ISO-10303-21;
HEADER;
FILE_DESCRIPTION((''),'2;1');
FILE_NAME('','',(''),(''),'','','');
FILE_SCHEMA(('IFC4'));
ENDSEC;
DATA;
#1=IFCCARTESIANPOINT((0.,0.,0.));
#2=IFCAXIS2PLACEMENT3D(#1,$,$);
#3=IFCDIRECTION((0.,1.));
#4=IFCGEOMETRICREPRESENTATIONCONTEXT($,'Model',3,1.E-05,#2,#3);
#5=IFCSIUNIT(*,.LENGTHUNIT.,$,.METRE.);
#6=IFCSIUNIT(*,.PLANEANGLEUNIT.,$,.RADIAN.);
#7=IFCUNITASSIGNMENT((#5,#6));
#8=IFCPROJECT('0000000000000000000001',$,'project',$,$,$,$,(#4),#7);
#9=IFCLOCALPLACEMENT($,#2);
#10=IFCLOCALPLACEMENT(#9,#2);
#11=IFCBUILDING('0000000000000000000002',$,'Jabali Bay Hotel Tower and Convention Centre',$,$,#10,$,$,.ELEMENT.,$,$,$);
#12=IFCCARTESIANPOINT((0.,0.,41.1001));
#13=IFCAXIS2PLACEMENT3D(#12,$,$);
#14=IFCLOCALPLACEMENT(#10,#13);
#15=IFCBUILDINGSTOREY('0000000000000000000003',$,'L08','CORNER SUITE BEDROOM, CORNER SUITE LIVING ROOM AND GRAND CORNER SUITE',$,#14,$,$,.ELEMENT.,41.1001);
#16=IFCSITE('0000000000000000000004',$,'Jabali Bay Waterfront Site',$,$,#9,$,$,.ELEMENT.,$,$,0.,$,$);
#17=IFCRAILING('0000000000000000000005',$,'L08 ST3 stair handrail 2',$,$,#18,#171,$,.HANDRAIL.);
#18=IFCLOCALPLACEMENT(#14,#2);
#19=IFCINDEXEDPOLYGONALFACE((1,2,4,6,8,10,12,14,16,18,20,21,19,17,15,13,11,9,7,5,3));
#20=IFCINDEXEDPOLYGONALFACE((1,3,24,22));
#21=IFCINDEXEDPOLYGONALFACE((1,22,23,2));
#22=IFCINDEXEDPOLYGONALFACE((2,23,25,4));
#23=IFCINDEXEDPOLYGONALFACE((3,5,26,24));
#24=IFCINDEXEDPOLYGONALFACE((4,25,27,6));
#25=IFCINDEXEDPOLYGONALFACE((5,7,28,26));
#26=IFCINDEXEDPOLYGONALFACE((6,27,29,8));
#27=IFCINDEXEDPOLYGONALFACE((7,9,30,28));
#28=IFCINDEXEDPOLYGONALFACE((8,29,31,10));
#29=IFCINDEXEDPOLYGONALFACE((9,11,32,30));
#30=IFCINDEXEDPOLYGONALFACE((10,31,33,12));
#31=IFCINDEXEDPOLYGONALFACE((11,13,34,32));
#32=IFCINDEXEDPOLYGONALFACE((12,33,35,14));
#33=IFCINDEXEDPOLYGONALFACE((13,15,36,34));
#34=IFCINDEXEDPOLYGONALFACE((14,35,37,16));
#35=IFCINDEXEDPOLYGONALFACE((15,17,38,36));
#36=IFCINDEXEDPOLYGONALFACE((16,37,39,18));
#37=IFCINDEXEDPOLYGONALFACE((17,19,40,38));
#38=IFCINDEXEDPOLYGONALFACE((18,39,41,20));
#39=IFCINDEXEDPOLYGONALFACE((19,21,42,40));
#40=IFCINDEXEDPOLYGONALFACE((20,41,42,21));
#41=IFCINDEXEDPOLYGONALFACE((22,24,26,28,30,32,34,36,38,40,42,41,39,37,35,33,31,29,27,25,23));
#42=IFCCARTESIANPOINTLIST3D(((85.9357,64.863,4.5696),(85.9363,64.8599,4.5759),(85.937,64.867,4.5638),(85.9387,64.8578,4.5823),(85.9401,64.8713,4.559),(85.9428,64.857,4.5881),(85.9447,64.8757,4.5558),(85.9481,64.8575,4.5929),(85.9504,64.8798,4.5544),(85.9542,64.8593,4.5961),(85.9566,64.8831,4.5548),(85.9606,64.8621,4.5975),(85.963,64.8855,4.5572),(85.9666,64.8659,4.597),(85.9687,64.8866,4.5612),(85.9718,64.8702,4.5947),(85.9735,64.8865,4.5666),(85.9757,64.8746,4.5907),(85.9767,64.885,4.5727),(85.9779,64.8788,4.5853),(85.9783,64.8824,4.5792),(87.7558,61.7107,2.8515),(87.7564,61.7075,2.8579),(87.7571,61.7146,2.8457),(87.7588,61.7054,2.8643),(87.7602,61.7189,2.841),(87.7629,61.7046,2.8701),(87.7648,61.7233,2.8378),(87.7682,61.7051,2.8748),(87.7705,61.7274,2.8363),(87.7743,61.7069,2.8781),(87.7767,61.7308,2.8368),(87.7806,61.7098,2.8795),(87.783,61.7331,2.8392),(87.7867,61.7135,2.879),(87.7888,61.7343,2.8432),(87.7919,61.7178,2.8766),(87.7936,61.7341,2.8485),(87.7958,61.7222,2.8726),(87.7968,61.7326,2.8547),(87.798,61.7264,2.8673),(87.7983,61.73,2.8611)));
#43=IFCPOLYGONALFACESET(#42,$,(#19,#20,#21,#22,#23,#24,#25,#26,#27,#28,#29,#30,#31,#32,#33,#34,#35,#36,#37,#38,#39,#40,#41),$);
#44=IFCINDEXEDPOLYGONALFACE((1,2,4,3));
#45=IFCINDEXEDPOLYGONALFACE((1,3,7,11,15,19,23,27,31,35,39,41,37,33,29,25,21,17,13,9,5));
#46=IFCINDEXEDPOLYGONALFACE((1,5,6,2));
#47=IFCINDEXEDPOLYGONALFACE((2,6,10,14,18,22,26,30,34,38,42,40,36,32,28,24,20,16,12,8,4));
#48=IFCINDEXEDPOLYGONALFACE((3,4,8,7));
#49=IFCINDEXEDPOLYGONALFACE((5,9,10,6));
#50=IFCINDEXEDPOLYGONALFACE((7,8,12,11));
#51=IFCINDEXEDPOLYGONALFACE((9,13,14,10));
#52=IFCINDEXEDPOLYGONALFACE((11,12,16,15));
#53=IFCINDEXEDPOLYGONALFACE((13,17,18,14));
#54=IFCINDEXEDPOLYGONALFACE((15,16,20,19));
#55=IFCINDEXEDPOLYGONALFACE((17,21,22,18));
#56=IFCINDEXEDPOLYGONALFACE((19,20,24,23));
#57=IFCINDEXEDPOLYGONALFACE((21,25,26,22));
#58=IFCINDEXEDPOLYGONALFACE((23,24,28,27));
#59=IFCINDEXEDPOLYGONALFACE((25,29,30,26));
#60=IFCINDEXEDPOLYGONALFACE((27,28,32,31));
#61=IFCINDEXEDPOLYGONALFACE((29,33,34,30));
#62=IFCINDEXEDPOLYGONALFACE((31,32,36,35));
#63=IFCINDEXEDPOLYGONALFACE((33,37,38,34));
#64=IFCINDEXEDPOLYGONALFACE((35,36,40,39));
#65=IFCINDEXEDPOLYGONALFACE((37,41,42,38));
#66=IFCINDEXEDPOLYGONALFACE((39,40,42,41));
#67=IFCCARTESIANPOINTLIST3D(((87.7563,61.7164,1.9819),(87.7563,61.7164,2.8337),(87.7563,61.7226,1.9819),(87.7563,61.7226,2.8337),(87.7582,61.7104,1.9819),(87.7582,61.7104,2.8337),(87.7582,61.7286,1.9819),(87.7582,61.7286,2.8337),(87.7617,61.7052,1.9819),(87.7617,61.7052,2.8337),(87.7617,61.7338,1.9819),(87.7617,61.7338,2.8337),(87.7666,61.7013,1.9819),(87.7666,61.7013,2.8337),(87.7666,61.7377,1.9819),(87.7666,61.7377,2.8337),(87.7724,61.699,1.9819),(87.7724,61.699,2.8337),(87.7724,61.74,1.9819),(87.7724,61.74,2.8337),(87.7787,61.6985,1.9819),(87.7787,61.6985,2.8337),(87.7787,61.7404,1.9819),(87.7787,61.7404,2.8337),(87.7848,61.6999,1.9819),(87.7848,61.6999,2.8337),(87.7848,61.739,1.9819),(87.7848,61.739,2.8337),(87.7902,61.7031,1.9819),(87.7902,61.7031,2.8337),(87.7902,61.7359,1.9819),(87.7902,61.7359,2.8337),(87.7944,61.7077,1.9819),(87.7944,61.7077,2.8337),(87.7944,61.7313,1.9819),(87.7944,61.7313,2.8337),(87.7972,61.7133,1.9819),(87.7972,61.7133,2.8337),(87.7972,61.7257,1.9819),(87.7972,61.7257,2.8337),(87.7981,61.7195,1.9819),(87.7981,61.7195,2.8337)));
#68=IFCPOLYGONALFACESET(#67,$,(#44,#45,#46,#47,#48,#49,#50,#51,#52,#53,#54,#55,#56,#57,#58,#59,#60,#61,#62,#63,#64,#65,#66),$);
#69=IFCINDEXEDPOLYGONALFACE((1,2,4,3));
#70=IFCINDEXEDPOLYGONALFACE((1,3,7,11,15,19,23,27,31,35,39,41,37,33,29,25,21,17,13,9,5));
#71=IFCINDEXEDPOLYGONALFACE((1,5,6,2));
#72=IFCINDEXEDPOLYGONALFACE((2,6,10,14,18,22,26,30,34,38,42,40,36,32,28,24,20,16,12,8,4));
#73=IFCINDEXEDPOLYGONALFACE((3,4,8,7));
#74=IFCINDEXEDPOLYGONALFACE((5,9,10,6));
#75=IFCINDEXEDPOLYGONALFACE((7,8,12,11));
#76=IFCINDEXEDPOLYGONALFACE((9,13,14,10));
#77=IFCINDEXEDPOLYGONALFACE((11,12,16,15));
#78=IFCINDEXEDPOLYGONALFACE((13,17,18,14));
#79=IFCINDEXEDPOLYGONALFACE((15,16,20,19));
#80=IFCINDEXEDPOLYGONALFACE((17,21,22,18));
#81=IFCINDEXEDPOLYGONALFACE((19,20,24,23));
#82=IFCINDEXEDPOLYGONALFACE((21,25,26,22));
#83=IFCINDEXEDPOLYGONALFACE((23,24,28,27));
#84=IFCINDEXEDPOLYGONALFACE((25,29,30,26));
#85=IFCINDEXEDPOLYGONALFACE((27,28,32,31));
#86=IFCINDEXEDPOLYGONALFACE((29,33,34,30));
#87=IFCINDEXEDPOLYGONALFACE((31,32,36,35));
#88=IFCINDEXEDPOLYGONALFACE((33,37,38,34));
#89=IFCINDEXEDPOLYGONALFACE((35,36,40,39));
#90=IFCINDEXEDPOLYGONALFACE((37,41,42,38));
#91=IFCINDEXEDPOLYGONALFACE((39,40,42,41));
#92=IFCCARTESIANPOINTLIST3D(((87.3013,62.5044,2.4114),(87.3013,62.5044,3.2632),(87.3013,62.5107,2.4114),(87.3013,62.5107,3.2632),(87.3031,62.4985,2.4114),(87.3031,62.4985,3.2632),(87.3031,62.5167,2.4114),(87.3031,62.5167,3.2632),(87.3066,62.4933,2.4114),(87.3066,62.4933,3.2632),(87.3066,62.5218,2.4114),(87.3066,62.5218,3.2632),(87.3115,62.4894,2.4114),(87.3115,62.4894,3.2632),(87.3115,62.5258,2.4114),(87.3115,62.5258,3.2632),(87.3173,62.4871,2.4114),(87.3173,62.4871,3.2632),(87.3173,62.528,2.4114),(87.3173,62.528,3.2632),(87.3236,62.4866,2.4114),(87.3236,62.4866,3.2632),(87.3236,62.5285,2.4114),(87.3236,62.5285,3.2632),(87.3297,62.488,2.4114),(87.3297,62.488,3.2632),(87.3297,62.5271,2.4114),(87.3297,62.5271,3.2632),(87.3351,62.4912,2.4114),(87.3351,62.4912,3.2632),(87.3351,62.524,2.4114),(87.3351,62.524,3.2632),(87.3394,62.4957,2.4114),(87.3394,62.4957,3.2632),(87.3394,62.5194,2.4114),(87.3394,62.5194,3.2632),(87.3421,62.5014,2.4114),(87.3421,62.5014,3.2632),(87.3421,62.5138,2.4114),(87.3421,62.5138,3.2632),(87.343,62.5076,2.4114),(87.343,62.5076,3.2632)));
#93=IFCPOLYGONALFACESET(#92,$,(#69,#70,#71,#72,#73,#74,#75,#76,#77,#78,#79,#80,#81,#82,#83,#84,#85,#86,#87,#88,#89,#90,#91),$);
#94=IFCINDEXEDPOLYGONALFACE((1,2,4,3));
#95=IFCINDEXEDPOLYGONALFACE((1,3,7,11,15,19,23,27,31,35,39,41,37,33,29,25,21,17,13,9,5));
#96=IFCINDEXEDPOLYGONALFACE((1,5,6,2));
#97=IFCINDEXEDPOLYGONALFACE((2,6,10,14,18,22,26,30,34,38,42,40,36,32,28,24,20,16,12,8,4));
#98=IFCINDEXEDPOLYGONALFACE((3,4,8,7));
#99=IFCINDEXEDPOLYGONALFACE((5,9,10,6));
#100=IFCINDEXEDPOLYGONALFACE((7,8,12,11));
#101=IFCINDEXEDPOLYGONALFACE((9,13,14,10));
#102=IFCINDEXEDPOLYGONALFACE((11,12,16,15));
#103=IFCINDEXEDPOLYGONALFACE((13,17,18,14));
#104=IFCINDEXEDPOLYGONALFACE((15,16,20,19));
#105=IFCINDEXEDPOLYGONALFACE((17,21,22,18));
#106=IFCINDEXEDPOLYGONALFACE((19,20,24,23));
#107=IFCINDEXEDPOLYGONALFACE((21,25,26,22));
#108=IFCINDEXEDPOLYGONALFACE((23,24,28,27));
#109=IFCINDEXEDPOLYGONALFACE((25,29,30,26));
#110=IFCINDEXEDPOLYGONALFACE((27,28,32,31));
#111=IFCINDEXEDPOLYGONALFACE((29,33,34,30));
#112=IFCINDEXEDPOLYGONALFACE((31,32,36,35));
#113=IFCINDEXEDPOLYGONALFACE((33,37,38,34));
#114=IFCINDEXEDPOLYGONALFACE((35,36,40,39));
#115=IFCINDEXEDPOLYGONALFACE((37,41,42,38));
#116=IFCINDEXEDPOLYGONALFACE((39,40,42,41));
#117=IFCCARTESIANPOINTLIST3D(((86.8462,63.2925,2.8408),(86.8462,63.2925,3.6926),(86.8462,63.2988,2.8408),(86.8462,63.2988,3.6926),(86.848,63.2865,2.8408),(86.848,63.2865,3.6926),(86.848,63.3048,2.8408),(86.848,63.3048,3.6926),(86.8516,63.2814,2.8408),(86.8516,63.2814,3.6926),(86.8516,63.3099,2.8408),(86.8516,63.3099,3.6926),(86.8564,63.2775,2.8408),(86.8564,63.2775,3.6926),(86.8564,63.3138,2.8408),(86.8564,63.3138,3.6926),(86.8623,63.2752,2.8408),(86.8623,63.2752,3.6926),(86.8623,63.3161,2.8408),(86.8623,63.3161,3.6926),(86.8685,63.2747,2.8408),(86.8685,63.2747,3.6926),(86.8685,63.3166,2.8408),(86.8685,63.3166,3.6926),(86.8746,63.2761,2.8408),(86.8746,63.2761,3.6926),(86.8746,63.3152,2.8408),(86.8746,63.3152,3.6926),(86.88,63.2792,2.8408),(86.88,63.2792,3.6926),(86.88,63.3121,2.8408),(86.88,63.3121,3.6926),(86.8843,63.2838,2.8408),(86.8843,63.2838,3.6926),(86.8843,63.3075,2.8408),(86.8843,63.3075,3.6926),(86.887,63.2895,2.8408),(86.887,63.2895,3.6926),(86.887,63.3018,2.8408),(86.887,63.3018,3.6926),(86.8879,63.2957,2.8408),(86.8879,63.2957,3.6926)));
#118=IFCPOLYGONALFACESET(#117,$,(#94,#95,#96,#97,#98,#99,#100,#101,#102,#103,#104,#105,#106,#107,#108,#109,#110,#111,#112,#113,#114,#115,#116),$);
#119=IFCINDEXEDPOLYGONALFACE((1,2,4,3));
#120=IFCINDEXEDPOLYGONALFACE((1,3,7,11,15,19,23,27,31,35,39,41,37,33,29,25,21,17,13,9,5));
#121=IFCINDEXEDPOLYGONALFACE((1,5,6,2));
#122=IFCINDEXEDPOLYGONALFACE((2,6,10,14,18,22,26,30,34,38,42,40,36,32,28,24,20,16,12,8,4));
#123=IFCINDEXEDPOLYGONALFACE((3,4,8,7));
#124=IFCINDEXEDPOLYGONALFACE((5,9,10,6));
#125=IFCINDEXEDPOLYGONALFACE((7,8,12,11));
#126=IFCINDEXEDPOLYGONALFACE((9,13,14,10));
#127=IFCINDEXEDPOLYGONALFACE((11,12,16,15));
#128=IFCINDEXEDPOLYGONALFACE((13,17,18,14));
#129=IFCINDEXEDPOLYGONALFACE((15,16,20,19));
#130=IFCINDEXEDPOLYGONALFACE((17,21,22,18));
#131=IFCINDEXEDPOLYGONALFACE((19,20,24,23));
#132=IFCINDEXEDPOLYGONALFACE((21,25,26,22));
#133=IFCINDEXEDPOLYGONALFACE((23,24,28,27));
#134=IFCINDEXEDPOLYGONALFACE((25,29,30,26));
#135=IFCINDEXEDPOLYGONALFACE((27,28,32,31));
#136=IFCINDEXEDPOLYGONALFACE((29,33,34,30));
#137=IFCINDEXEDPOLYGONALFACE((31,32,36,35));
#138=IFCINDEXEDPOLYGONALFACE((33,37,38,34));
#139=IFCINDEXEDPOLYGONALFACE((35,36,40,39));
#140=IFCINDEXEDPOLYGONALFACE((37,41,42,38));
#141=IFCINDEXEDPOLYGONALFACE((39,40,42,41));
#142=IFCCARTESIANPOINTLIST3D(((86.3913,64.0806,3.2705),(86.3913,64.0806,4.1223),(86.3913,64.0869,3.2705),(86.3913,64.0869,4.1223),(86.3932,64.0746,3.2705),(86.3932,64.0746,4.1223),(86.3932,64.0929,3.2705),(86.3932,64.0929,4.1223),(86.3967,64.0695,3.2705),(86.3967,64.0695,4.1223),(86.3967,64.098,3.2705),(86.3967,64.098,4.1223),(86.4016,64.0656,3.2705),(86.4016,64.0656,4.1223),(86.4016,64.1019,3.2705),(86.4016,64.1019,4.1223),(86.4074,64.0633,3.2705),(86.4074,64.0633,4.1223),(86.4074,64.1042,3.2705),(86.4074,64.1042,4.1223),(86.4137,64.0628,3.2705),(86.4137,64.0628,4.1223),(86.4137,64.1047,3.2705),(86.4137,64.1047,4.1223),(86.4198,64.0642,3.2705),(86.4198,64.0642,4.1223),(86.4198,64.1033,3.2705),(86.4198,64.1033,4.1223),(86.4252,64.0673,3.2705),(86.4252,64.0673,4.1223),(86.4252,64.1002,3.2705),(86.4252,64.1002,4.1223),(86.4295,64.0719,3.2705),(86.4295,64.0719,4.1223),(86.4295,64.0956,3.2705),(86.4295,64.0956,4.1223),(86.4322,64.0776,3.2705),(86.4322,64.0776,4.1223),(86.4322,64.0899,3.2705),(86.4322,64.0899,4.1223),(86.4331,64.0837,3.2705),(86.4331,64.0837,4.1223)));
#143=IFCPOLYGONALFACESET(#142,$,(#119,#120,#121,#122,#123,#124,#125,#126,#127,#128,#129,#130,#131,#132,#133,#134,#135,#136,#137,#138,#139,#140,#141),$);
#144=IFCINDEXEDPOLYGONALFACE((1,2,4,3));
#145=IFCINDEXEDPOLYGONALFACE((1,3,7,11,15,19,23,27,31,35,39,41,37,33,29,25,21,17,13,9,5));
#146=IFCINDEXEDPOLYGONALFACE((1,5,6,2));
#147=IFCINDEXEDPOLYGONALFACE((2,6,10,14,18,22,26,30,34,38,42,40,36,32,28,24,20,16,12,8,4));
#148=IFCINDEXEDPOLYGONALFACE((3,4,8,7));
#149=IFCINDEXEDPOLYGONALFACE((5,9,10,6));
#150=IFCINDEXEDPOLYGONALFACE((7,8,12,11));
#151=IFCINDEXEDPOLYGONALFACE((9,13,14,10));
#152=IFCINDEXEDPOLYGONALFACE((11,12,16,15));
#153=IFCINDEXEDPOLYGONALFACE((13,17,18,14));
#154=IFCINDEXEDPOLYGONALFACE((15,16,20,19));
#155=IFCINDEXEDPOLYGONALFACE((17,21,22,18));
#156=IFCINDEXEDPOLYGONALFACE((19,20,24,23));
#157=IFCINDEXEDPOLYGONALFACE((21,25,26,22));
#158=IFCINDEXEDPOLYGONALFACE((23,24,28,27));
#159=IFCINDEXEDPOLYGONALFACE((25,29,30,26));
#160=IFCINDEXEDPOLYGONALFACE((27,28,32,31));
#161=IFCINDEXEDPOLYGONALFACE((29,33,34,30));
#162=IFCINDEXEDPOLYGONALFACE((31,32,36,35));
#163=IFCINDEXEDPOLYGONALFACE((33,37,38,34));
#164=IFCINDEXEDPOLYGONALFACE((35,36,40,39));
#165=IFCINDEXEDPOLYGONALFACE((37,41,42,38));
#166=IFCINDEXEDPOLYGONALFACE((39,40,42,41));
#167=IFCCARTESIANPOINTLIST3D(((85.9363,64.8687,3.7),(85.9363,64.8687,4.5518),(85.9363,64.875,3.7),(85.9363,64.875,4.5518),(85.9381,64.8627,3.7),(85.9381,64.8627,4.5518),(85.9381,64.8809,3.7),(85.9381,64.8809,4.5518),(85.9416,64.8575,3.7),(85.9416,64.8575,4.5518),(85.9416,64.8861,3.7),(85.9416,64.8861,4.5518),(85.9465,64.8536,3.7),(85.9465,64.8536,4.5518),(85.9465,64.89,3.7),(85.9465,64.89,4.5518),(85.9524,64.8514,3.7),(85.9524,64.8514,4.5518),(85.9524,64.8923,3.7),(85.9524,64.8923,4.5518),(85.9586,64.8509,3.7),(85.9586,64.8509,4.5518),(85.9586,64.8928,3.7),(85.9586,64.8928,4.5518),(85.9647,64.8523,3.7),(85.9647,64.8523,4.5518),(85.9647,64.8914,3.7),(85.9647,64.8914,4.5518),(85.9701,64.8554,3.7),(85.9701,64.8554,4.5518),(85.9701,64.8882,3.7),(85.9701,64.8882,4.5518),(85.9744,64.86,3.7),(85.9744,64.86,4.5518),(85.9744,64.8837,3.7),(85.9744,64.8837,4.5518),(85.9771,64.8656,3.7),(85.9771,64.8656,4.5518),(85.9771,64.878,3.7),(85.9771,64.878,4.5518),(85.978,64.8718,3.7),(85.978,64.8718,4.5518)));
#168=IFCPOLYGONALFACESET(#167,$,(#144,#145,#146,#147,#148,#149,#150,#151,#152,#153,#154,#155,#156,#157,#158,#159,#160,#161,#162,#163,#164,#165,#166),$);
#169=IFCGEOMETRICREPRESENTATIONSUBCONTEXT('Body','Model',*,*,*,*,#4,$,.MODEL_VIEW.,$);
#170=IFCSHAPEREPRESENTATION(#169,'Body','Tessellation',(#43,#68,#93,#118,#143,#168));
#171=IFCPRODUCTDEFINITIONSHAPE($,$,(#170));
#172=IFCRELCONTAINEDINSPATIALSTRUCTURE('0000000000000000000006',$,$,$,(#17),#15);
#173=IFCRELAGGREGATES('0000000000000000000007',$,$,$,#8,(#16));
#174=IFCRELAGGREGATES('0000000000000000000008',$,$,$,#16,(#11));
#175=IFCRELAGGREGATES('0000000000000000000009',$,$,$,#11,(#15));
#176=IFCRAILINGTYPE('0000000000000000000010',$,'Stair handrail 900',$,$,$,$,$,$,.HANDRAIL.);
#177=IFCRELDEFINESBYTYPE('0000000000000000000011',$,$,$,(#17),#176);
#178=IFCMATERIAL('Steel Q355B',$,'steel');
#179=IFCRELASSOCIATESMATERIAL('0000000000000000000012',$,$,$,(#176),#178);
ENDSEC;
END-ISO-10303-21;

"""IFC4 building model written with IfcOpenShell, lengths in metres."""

from ifc_helpers import new_model, si_unit, direction, frame, origin, origin_2d, place, context, subcontext, project, spatial, circle, extrude, material, type_object, element, save


model = new_model("IFC4")

# Units and contexts
model_context = context("Model", 3, precision=1e-05, world=origin(), true_north=direction((0.0, 1.0)))
body_context = subcontext(model_context, "Body", "Model", "MODEL_VIEW")
ifc_project = project(units=[si_unit("LENGTHUNIT", "METRE"), si_unit("PLANEANGLEUNIT", "RADIAN")], contexts=[model_context])

# Site, building, storey
site_placement = place(None, origin())
site = spatial("IfcSite", under=ifc_project, at=site_placement, Name="Jabali Bay Waterfront Site", CompositionType="ELEMENT", RefElevation=0.0)
building_placement = place(site_placement, origin())
building = spatial("IfcBuilding", under=site, at=building_placement, Name="Jabali Bay Hotel Tower and Convention Centre", CompositionType="ELEMENT")
storey_placement = place(building_placement, frame((0.0, 0.0, 41.1001)))
storey = spatial("IfcBuildingStorey", under=building, at=storey_placement, Name="L08", Description="CORNER SUITE BEDROOM, CORNER SUITE LIVING ROOM AND GRAND CORNER SUITE", CompositionType="ELEMENT", Elevation=41.1001)

# Railing
ifc_material_1 = material(Name="Steel Q355B", Category="steel")
railing_type_1 = type_object("IfcRailingType", Name="Stair handrail 900", PredefinedType="HANDRAIL", material=ifc_material_1)
railing_1_placement = place(storey_placement, frame((87.7771, 61.7195, 1.9819)))
element("IfcRailing", 1, at=railing_1_placement, inside=storey, type_object=railing_type_1, Name="L08 ST3 stair handrail 2", PredefinedType="HANDRAIL", context=body_context, shape_type="SweptSolid", body=[
    extrude(circle(Radius=0.0239, at=origin_2d()), frame((0.0, 0.0, 0.876), z_axis=(-0.452179, 0.78317, 0.426825), x_axis=(-0.866018, -0.500013, 0.0)), (0.0, 0.0, 1.0), 4.0251),
    extrude(circle(Radius=0.021, at=origin_2d()), origin(), (0.0, 0.0, 1.0), 0.8518),
    extrude(circle(Radius=0.021, at=origin_2d()), frame((-0.4551, 0.7881, 0.4294)), (0.0, 0.0, 1.0), 0.8518),
    extrude(circle(Radius=0.021, at=origin_2d()), frame((-0.9102, 1.5762, 0.8589)), (0.0, 0.0, 1.0), 0.8518),
    extrude(circle(Radius=0.021, at=origin_2d()), frame((-1.365, 2.3643, 1.2886)), (0.0, 0.0, 1.0), 0.8518),
    extrude(circle(Radius=0.021, at=origin_2d()), frame((-1.8201, 3.1523, 1.718)), (0.0, 0.0, 1.0), 0.8518),
])

save(model, "model.ifc")
